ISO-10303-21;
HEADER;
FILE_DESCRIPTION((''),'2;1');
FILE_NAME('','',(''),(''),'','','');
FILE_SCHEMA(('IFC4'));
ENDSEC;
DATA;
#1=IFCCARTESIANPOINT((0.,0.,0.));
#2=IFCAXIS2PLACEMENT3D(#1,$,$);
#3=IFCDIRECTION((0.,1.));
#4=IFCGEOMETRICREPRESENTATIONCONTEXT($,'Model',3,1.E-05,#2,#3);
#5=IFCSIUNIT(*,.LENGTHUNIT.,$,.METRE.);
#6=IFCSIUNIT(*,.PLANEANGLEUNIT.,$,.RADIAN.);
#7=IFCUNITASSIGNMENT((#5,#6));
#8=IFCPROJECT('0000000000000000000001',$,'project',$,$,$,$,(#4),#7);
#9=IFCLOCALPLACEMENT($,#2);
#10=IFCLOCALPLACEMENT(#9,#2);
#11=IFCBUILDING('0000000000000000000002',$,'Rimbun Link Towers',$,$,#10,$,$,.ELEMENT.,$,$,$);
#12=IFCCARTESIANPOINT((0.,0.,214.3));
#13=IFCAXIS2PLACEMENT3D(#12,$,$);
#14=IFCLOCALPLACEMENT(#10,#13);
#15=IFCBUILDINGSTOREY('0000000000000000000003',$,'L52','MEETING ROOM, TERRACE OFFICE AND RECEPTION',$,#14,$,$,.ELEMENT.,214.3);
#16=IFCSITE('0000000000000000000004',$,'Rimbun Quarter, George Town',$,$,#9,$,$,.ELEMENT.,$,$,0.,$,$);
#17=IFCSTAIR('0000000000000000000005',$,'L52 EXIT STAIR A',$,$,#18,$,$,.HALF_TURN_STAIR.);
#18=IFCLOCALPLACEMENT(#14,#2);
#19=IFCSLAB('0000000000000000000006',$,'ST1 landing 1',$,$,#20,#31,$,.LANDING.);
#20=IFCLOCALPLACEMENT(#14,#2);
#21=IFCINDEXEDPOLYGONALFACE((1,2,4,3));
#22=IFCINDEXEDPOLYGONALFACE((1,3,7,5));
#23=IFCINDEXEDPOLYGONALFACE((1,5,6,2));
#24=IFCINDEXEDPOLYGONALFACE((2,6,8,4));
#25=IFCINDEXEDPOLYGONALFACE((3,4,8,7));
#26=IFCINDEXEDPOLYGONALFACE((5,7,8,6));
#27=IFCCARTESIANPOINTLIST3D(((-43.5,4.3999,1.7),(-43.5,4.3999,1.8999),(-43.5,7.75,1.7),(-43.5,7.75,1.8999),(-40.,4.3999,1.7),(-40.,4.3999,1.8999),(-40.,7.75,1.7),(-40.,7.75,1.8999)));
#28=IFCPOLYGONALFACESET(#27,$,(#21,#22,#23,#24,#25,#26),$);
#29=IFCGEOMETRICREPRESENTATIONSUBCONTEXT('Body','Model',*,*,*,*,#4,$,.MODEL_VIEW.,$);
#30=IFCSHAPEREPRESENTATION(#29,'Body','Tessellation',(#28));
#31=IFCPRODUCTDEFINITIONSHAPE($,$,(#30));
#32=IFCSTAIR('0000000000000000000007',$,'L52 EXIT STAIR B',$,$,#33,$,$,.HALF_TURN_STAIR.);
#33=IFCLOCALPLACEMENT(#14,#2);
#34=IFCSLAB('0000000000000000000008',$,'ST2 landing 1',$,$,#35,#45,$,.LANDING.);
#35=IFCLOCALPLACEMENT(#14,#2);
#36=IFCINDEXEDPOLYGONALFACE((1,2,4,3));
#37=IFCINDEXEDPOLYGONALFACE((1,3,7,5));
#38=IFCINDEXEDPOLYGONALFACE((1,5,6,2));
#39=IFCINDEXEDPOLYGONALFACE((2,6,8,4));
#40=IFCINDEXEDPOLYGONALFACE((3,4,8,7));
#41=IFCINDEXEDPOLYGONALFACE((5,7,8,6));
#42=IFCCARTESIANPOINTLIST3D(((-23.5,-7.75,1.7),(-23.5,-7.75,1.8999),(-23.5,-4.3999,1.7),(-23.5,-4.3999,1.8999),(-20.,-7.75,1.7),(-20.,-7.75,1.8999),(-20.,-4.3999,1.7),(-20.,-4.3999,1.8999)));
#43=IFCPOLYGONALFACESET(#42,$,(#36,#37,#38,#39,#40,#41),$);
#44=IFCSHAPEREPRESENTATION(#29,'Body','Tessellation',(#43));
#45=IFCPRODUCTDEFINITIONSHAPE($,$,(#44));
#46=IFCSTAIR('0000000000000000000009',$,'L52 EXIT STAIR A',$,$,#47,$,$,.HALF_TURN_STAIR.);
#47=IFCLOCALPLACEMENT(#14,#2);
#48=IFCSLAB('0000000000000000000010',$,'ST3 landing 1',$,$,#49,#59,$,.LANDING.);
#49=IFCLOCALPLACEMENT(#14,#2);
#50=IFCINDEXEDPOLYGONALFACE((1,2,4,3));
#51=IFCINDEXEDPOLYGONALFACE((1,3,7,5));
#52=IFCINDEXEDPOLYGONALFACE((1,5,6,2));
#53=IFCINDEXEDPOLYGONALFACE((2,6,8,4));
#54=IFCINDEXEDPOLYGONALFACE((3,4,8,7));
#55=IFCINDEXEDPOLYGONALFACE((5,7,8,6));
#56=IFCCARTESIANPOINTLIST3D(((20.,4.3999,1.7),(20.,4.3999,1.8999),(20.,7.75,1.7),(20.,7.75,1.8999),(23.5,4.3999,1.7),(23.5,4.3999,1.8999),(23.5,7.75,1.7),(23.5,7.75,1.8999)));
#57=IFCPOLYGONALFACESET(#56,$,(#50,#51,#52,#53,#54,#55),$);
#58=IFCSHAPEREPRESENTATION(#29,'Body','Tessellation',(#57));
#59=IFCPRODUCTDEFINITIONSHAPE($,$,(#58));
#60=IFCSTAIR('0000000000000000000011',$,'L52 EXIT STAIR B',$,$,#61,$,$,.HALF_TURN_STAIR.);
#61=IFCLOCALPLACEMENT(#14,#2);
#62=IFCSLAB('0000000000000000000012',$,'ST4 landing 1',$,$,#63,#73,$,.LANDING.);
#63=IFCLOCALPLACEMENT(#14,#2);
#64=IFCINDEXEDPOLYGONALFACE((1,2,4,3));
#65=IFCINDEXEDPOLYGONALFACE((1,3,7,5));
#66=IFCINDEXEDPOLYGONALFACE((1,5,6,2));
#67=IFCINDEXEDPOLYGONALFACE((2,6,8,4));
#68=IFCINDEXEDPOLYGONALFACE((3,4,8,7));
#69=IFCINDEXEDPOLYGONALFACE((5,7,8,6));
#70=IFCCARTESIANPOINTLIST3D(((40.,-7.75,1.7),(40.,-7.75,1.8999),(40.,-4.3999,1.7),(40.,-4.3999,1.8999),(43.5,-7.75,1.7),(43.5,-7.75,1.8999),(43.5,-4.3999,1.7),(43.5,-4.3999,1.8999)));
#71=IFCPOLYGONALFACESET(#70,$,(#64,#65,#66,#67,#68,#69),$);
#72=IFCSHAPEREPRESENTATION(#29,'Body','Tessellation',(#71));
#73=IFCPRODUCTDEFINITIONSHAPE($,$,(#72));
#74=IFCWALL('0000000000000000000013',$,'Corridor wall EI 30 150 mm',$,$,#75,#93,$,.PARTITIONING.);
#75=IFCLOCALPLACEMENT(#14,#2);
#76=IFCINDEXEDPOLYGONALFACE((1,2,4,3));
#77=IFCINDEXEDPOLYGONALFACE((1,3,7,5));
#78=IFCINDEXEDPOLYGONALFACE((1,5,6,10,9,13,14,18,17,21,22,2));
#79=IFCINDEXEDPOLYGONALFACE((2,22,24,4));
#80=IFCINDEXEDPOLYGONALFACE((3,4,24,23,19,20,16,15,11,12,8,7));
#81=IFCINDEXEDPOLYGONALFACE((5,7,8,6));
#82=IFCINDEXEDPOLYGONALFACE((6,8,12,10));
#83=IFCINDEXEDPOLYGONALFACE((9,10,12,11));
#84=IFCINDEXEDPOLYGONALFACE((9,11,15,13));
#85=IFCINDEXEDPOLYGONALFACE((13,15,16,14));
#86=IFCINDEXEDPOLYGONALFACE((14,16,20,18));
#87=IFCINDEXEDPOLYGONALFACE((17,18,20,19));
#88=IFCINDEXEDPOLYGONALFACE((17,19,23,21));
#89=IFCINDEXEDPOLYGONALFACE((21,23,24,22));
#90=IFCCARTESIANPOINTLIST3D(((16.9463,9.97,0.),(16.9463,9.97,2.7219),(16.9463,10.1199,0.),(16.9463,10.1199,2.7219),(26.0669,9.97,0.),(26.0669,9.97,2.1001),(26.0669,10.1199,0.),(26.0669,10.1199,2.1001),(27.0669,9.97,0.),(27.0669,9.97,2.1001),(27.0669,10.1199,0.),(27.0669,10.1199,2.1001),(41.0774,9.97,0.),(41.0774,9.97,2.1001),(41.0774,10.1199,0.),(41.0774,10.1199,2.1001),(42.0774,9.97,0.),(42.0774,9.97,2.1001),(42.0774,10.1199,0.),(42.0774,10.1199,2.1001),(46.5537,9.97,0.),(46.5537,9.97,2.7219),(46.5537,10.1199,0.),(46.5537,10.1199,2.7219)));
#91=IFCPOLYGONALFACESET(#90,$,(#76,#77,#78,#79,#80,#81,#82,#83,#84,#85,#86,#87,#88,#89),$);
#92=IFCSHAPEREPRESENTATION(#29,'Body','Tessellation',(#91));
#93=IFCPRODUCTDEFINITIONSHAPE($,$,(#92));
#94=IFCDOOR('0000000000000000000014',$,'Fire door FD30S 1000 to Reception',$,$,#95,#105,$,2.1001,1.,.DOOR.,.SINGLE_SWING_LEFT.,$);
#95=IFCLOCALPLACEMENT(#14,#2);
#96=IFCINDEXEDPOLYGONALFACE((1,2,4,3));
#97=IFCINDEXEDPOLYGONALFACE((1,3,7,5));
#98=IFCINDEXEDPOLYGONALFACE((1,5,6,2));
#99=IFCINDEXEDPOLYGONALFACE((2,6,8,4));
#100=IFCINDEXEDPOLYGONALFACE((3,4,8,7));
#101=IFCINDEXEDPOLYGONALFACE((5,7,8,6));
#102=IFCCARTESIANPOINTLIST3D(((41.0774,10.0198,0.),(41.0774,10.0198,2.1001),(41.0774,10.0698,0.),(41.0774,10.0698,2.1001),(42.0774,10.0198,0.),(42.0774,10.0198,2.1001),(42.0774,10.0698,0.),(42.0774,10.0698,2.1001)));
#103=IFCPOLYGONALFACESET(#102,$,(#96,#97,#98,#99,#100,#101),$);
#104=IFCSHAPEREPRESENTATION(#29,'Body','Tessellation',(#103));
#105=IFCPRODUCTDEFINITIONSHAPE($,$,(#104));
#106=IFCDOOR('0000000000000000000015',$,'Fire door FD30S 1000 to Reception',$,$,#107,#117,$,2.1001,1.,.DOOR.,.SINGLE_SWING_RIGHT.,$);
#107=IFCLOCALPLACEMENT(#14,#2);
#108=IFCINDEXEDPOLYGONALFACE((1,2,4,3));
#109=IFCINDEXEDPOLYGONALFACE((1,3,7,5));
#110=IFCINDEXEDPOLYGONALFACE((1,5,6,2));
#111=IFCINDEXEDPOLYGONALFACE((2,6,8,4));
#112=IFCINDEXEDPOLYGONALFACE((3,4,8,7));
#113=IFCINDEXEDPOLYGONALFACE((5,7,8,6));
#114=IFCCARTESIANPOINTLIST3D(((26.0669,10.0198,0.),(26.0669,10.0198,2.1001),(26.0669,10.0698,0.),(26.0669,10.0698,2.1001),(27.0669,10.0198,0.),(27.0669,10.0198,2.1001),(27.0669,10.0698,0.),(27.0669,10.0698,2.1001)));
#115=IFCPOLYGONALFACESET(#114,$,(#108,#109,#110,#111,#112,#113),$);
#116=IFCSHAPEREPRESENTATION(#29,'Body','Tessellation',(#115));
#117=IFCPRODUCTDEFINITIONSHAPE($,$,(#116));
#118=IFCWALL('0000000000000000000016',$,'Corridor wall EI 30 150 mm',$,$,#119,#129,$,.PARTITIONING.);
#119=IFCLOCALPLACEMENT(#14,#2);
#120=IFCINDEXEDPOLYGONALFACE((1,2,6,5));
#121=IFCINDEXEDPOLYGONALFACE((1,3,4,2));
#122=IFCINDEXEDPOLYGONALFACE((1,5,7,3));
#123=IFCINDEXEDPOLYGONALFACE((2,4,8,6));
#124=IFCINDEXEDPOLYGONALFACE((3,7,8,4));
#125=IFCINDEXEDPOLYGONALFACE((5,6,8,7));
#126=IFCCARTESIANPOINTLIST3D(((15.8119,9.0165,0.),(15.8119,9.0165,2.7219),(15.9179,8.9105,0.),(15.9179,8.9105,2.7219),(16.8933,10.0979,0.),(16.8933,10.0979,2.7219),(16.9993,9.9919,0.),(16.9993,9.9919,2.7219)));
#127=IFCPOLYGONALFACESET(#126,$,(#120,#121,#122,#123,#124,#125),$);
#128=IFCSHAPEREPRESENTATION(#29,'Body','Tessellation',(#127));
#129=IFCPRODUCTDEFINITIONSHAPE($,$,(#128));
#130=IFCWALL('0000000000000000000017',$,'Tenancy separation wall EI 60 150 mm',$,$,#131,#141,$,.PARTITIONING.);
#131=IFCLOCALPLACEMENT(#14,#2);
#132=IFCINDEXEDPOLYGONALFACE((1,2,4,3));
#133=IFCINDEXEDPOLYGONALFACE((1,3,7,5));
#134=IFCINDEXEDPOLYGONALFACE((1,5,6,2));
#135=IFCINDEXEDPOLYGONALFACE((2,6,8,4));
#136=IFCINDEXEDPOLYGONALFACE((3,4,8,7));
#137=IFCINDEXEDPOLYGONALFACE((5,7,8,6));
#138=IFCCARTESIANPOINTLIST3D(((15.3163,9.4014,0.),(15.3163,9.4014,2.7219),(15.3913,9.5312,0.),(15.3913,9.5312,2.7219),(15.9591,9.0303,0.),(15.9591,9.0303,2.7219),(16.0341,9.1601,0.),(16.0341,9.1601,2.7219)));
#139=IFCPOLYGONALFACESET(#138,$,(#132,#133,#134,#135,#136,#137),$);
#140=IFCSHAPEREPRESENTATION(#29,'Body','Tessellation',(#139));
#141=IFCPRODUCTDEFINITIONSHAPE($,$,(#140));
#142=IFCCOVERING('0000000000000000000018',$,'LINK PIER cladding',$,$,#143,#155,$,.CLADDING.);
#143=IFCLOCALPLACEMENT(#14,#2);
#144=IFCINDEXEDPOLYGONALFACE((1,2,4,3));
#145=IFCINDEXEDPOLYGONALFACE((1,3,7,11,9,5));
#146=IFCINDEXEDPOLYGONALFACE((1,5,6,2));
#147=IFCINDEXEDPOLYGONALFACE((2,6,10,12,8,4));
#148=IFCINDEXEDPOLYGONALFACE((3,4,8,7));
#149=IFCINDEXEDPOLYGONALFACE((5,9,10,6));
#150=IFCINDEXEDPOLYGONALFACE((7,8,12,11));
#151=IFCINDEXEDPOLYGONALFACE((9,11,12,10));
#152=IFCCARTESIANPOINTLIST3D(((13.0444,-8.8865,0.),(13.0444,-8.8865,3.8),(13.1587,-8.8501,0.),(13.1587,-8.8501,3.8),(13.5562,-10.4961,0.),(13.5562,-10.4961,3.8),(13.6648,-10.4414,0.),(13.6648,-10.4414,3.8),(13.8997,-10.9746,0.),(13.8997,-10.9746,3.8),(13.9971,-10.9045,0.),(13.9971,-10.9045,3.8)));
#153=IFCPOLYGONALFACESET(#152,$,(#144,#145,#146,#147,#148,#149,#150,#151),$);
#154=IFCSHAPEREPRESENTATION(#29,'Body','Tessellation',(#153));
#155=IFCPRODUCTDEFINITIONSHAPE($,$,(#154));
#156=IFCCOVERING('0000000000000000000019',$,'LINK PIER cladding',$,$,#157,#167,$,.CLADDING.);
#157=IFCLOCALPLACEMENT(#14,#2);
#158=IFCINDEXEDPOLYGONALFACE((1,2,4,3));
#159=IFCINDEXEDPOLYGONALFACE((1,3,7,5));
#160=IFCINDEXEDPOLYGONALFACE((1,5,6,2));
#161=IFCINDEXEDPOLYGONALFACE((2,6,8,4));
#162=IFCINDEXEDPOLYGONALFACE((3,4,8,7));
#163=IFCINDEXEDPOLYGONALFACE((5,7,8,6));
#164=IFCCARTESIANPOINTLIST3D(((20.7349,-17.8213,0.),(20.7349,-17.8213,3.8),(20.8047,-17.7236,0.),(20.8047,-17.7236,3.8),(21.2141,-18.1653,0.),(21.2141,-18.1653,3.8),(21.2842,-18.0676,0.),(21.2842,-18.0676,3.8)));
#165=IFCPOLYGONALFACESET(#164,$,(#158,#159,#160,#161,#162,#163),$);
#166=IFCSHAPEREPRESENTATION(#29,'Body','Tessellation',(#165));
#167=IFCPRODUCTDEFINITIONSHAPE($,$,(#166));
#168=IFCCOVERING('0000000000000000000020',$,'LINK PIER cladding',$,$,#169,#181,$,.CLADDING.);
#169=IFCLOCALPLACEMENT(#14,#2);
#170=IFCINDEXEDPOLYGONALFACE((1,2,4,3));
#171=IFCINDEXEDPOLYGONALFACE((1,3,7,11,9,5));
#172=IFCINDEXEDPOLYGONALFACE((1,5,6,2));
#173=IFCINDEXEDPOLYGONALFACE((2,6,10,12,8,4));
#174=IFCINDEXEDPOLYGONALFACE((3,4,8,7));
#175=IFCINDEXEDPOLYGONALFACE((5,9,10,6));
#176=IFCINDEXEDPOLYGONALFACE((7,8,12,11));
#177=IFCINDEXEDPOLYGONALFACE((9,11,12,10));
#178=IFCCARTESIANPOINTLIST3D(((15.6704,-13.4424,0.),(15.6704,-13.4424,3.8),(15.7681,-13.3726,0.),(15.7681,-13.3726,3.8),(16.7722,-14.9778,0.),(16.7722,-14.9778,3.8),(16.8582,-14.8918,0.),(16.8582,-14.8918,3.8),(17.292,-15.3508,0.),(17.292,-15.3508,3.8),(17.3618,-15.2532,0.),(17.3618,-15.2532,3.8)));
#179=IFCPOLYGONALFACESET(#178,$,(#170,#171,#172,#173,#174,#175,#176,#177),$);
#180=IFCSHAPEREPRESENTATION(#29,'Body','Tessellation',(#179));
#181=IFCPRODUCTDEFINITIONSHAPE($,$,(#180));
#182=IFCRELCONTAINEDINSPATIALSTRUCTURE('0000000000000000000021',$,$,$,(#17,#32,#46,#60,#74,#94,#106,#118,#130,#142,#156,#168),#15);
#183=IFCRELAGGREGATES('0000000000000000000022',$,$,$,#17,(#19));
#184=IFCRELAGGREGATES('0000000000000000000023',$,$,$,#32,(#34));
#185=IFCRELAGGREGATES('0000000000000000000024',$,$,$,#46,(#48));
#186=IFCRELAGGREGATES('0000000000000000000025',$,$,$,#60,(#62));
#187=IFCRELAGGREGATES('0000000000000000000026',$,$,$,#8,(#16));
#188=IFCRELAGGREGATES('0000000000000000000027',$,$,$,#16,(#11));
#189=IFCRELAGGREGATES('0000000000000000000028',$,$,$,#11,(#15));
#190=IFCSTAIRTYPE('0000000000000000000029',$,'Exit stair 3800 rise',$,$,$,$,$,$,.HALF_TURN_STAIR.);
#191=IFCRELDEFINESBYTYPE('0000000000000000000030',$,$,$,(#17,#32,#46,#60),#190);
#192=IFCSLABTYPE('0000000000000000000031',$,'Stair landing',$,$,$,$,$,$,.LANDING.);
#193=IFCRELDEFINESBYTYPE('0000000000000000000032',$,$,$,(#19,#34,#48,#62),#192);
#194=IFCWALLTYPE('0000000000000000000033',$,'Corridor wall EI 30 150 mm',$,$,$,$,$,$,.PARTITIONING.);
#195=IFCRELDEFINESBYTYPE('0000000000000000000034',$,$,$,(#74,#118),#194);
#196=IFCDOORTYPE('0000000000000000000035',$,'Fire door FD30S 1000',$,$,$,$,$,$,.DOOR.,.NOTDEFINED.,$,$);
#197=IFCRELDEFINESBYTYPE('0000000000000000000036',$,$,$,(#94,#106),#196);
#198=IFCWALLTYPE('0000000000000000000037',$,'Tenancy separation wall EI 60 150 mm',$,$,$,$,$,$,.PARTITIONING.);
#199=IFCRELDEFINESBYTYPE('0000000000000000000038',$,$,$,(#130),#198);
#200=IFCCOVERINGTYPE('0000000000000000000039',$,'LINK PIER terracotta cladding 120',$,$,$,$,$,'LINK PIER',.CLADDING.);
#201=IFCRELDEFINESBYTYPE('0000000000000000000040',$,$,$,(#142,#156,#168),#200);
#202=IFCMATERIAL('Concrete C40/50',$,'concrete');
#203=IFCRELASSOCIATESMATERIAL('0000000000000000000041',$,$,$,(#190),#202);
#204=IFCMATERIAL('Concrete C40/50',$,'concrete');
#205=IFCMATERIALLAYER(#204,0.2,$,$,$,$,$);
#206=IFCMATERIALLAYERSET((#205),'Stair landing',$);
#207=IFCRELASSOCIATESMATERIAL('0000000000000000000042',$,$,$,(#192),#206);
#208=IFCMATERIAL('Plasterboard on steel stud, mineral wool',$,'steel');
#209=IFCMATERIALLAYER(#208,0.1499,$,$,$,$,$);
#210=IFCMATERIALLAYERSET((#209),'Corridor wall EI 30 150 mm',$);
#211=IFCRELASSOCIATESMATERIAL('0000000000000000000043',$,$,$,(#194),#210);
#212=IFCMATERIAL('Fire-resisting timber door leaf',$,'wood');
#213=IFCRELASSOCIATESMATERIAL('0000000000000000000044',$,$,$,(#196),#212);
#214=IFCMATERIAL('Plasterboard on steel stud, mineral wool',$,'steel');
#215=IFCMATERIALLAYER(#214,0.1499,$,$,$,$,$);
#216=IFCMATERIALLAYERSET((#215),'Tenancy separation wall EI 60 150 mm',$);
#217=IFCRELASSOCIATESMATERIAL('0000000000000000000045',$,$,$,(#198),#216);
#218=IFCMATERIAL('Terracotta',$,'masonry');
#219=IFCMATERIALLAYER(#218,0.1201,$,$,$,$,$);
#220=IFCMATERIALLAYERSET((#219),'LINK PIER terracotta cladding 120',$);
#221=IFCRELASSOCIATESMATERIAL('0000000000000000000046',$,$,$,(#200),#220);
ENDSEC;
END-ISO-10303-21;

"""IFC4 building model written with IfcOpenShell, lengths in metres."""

from ifc_helpers import new_model, si_unit, direction, frame, frame_2d, origin, place, context, subcontext, project, spatial, polyline, rectangle, outline, extrude, material, layer, layer_set, type_object, element, fill, aggregate, save


model = new_model("IFC4")

# Units and contexts
model_context = context("Model", 3, precision=1e-05, world=origin(), true_north=direction((0.0, 1.0)))
body_context = subcontext(model_context, "Body", "Model", "MODEL_VIEW")
ifc_project = project(units=[si_unit("LENGTHUNIT", "METRE"), si_unit("PLANEANGLEUNIT", "RADIAN")], contexts=[model_context])

# Site, building, storey
site_placement = place(None, origin())
site = spatial("IfcSite", under=ifc_project, at=site_placement, Name="Rimbun Quarter, George Town", CompositionType="ELEMENT", RefElevation=0.0)
building_placement = place(site_placement, origin())
building = spatial("IfcBuilding", under=site, at=building_placement, Name="Rimbun Link Towers", CompositionType="ELEMENT")
storey_placement = place(building_placement, frame((0.0, 0.0, 214.3)))
storey = spatial("IfcBuildingStorey", under=building, at=storey_placement, Name="L52", Description="MEETING ROOM, TERRACE OFFICE AND RECEPTION", CompositionType="ELEMENT", Elevation=214.3)

# Stairs, slabs
ifc_material_1 = material(Name="Concrete C40/50", Category="concrete")
stair_type = type_object("IfcStairType", Name="Exit stair 3800 rise", PredefinedType="HALF_TURN_STAIR", material=ifc_material_1)
stair_1_placement = place(storey_placement, origin())
stair_1 = element("IfcStair", 1, at=stair_1_placement, inside=storey, type_object=stair_type, Name="L52 EXIT STAIR A", PredefinedType="HALF_TURN_STAIR")
ifc_material_2 = material(Name="Concrete C40/50", Category="concrete")
ifc_layer_1 = layer(ifc_material_2, 0.2)
ifc_layer_set_1 = layer_set([ifc_layer_1], Name="Stair landing")
slab_type = type_object("IfcSlabType", Name="Stair landing", PredefinedType="LANDING", material=ifc_layer_set_1)
slab_1_placement = place(storey_placement, frame((0.0, 0.0, 1.7)))
slab_1 = element("IfcSlab", 2, at=slab_1_placement, type_object=slab_type, Name="ST1 landing 1", PredefinedType="LANDING", context=body_context, shape_type="SweptSolid", body=[
    extrude(outline(polyline([(-40.0, 7.75), (-43.5, 7.75), (-43.5, 4.3999), (-40.0, 4.3999), (-40.0, 7.75)])), origin(), (0.0, 0.0, 1.0), 0.2),
])
aggregate(stair_1, [slab_1])
stair_2_placement = place(storey_placement, origin())
stair_2 = element("IfcStair", 3, at=stair_2_placement, inside=storey, type_object=stair_type, Name="L52 EXIT STAIR B", PredefinedType="HALF_TURN_STAIR")
slab_2_placement = place(storey_placement, frame((0.0, 0.0, 1.7)))
slab_2 = element("IfcSlab", 4, at=slab_2_placement, type_object=slab_type, Name="ST2 landing 1", PredefinedType="LANDING", context=body_context, shape_type="SweptSolid", body=[
    extrude(outline(polyline([(-23.5, -7.75), (-20.0, -7.75), (-20.0, -4.3999), (-23.5, -4.3999), (-23.5, -7.75)])), origin(), (0.0, 0.0, 1.0), 0.2),
])
aggregate(stair_2, [slab_2])
stair_3_placement = place(storey_placement, origin())
stair_3 = element("IfcStair", 5, at=stair_3_placement, inside=storey, type_object=stair_type, Name="L52 EXIT STAIR A", PredefinedType="HALF_TURN_STAIR")
slab_3_placement = place(storey_placement, frame((0.0, 0.0, 1.7)))
slab_3 = element("IfcSlab", 6, at=slab_3_placement, type_object=slab_type, Name="ST3 landing 1", PredefinedType="LANDING", context=body_context, shape_type="SweptSolid", body=[
    extrude(outline(polyline([(23.5, 7.75), (20.0, 7.75), (20.0, 4.3999), (23.5, 4.3999), (23.5, 7.75)])), origin(), (0.0, 0.0, 1.0), 0.2),
])
aggregate(stair_3, [slab_3])
stair_4_placement = place(storey_placement, origin())
stair_4 = element("IfcStair", 7, at=stair_4_placement, inside=storey, type_object=stair_type, Name="L52 EXIT STAIR B", PredefinedType="HALF_TURN_STAIR")
slab_4_placement = place(storey_placement, frame((0.0, 0.0, 1.7)))
slab_4 = element("IfcSlab", 8, at=slab_4_placement, type_object=slab_type, Name="ST4 landing 1", PredefinedType="LANDING", context=body_context, shape_type="SweptSolid", body=[
    extrude(outline(polyline([(40.0, -7.75), (43.5, -7.75), (43.5, -4.3999), (40.0, -4.3999), (40.0, -7.75)])), origin(), (0.0, 0.0, 1.0), 0.2),
])
aggregate(stair_4, [slab_4])

# Wall, openings, doors
ifc_material_3 = material(Name="Plasterboard on steel stud, mineral wool", Category="steel")
ifc_layer_2 = layer(ifc_material_3, 0.1499)
ifc_layer_set_2 = layer_set([ifc_layer_2], Name="Corridor wall EI 30 150 mm")
wall_type_1 = type_object("IfcWallType", Name="Corridor wall EI 30 150 mm", PredefinedType="PARTITIONING", material=ifc_layer_set_2)
wall_1_placement = place(storey_placement, frame((16.9463, 10.0449, 0.0), z_axis=(0.0, 0.0, 1.0), x_axis=(1.0, 0.0, 0.0)))
wall_1 = element("IfcWall", 9, at=wall_1_placement, inside=storey, type_object=wall_type_1, Name="Corridor wall EI 30 150 mm", PredefinedType="PARTITIONING", context=body_context, shape_type="SweptSolid", body=[
    extrude(rectangle(XDim=29.6074, YDim=0.1499, at=frame_2d((14.8037, 0.0))), origin(), (0.0, 0.0, 1.0), 2.7219),
])
opening_1_placement = place(wall_1_placement, frame((24.1311, 0.0, 0.0)))
opening_1 = element("IfcOpeningElement", 10, at=opening_1_placement, cuts=wall_1, PredefinedType="OPENING", context=body_context, shape_type="SweptSolid", body=[
    extrude(rectangle(XDim=1.0, YDim=2.1001, at=frame_2d((0.5, 1.05))), frame((0.0, 0.085, 0.0), z_axis=(0.0, -1.0, 0.0), x_axis=(1.0, 0.0, 0.0)), (0.0, 0.0, 1.0), 0.1699),
])
opening_2_placement = place(wall_1_placement, frame((9.1206, 0.0, 0.0)))
opening_2 = element("IfcOpeningElement", 11, at=opening_2_placement, cuts=wall_1, PredefinedType="OPENING", context=body_context, shape_type="SweptSolid", body=[
    extrude(rectangle(XDim=1.0, YDim=2.1001, at=frame_2d((0.5, 1.05))), frame((0.0, 0.085, 0.0), z_axis=(0.0, -1.0, 0.0), x_axis=(1.0, 0.0, 0.0)), (0.0, 0.0, 1.0), 0.1699),
])
ifc_material_4 = material(Name="Fire-resisting timber door leaf", Category="wood")
door_type = type_object("IfcDoorType", Name="Fire door FD30S 1000", OperationType="NOTDEFINED", PredefinedType="DOOR", material=ifc_material_4)
door_1_placement = place(opening_1_placement, origin())
door_1 = element("IfcDoor", 12, at=door_1_placement, inside=storey, type_object=door_type, Name="Fire door FD30S 1000 to Reception", OperationType="SINGLE_SWING_LEFT", OverallHeight=2.1001, OverallWidth=1.0, PredefinedType="DOOR", context=body_context, shape_type="SweptSolid", body=[
    extrude(rectangle(XDim=1.0, YDim=2.1001, at=frame_2d((0.5, 1.05))), frame((0.0, 0.0249, 0.0), z_axis=(0.0, -1.0, 0.0), x_axis=(1.0, 0.0, 0.0)), (0.0, 0.0, 1.0), 0.05),
])
fill(opening_1, door_1)
door_2_placement = place(opening_2_placement, origin())
door_2 = element("IfcDoor", 13, at=door_2_placement, inside=storey, type_object=door_type, Name="Fire door FD30S 1000 to Reception", OperationType="SINGLE_SWING_RIGHT", OverallHeight=2.1001, OverallWidth=1.0, PredefinedType="DOOR", context=body_context, shape_type="SweptSolid", body=[
    extrude(rectangle(XDim=1.0, YDim=2.1001, at=frame_2d((0.5, 1.05))), frame((0.0, 0.0249, 0.0), z_axis=(0.0, -1.0, 0.0), x_axis=(1.0, 0.0, 0.0)), (0.0, 0.0, 1.0), 0.05),
])
fill(opening_2, door_2)

# Walls
wall_2_placement = place(storey_placement, frame((16.9463, 10.0449, 0.0), z_axis=(0.0, 0.0, 1.0), x_axis=(-0.707107, -0.707107, 0.0)))
element("IfcWall", 14, at=wall_2_placement, inside=storey, type_object=wall_type_1, Name="Corridor wall EI 30 150 mm", PredefinedType="PARTITIONING", context=body_context, shape_type="SweptSolid", body=[
    extrude(rectangle(XDim=1.5293, YDim=0.1499, at=frame_2d((0.7646, 0.0))), origin(), (0.0, 0.0, 1.0), 2.7219),
])
ifc_material_5 = material(Name="Plasterboard on steel stud, mineral wool", Category="steel")
ifc_layer_3 = layer(ifc_material_5, 0.1499)
ifc_layer_set_3 = layer_set([ifc_layer_3], Name="Tenancy separation wall EI 60 150 mm")
wall_type_2 = type_object("IfcWallType", Name="Tenancy separation wall EI 60 150 mm", PredefinedType="PARTITIONING", material=ifc_layer_set_3)
wall_3_placement = place(storey_placement, frame((15.9966, 9.0952, 0.0), z_axis=(0.0, 0.0, 1.0), x_axis=(-0.866049, 0.49996, 0.0)))
element("IfcWall", 15, at=wall_3_placement, inside=storey, type_object=wall_type_2, Name="Tenancy separation wall EI 60 150 mm", PredefinedType="PARTITIONING", context=body_context, shape_type="SweptSolid", body=[
    extrude(rectangle(XDim=0.7422, YDim=0.1499, at=frame_2d((0.3711, 0.0))), origin(), (0.0, 0.0, 1.0), 2.7219),
])

# Coverings
ifc_material_6 = material(Name="Terracotta", Category="masonry")
ifc_layer_4 = layer(ifc_material_6, 0.1201)
ifc_layer_set_4 = layer_set([ifc_layer_4], Name="LINK PIER terracotta cladding 120")
covering_type_1 = type_object("IfcCoveringType", Name="LINK PIER terracotta cladding 120", ElementType="LINK PIER", PredefinedType="CLADDING", material=ifc_layer_set_4)
covering_1_placement = place(storey_placement, origin())
element("IfcCovering", 16, at=covering_1_placement, inside=storey, type_object=covering_type_1, Name="LINK PIER cladding", PredefinedType="CLADDING", context=body_context, shape_type="SweptSolid", body=[
    extrude(outline(polyline([(13.9971, -10.9045), (13.6648, -10.4414), (13.1587, -8.8501), (13.0444, -8.8865), (13.5562, -10.4961), (13.8997, -10.9746), (13.9971, -10.9045)])), origin(), (0.0, 0.0, 1.0), 3.8),
])
covering_2_placement = place(storey_placement, origin())
element("IfcCovering", 17, at=covering_2_placement, inside=storey, type_object=covering_type_1, Name="LINK PIER cladding", PredefinedType="CLADDING", context=body_context, shape_type="SweptSolid", body=[
    extrude(outline(polyline([(21.2842, -18.0676), (20.8047, -17.7236), (20.7349, -17.8213), (21.2141, -18.1653), (21.2842, -18.0676)])), origin(), (0.0, 0.0, 1.0), 3.8),
])
covering_3_placement = place(storey_placement, origin())
element("IfcCovering", 18, at=covering_3_placement, inside=storey, type_object=covering_type_1, Name="LINK PIER cladding", PredefinedType="CLADDING", context=body_context, shape_type="SweptSolid", body=[
    extrude(outline(polyline([(17.3618, -15.2532), (16.8582, -14.8918), (15.7681, -13.3726), (15.6704, -13.4424), (16.7722, -14.9778), (17.292, -15.3508), (17.3618, -15.2532)])), origin(), (0.0, 0.0, 1.0), 3.8),
])

save(model, "model.ifc")
